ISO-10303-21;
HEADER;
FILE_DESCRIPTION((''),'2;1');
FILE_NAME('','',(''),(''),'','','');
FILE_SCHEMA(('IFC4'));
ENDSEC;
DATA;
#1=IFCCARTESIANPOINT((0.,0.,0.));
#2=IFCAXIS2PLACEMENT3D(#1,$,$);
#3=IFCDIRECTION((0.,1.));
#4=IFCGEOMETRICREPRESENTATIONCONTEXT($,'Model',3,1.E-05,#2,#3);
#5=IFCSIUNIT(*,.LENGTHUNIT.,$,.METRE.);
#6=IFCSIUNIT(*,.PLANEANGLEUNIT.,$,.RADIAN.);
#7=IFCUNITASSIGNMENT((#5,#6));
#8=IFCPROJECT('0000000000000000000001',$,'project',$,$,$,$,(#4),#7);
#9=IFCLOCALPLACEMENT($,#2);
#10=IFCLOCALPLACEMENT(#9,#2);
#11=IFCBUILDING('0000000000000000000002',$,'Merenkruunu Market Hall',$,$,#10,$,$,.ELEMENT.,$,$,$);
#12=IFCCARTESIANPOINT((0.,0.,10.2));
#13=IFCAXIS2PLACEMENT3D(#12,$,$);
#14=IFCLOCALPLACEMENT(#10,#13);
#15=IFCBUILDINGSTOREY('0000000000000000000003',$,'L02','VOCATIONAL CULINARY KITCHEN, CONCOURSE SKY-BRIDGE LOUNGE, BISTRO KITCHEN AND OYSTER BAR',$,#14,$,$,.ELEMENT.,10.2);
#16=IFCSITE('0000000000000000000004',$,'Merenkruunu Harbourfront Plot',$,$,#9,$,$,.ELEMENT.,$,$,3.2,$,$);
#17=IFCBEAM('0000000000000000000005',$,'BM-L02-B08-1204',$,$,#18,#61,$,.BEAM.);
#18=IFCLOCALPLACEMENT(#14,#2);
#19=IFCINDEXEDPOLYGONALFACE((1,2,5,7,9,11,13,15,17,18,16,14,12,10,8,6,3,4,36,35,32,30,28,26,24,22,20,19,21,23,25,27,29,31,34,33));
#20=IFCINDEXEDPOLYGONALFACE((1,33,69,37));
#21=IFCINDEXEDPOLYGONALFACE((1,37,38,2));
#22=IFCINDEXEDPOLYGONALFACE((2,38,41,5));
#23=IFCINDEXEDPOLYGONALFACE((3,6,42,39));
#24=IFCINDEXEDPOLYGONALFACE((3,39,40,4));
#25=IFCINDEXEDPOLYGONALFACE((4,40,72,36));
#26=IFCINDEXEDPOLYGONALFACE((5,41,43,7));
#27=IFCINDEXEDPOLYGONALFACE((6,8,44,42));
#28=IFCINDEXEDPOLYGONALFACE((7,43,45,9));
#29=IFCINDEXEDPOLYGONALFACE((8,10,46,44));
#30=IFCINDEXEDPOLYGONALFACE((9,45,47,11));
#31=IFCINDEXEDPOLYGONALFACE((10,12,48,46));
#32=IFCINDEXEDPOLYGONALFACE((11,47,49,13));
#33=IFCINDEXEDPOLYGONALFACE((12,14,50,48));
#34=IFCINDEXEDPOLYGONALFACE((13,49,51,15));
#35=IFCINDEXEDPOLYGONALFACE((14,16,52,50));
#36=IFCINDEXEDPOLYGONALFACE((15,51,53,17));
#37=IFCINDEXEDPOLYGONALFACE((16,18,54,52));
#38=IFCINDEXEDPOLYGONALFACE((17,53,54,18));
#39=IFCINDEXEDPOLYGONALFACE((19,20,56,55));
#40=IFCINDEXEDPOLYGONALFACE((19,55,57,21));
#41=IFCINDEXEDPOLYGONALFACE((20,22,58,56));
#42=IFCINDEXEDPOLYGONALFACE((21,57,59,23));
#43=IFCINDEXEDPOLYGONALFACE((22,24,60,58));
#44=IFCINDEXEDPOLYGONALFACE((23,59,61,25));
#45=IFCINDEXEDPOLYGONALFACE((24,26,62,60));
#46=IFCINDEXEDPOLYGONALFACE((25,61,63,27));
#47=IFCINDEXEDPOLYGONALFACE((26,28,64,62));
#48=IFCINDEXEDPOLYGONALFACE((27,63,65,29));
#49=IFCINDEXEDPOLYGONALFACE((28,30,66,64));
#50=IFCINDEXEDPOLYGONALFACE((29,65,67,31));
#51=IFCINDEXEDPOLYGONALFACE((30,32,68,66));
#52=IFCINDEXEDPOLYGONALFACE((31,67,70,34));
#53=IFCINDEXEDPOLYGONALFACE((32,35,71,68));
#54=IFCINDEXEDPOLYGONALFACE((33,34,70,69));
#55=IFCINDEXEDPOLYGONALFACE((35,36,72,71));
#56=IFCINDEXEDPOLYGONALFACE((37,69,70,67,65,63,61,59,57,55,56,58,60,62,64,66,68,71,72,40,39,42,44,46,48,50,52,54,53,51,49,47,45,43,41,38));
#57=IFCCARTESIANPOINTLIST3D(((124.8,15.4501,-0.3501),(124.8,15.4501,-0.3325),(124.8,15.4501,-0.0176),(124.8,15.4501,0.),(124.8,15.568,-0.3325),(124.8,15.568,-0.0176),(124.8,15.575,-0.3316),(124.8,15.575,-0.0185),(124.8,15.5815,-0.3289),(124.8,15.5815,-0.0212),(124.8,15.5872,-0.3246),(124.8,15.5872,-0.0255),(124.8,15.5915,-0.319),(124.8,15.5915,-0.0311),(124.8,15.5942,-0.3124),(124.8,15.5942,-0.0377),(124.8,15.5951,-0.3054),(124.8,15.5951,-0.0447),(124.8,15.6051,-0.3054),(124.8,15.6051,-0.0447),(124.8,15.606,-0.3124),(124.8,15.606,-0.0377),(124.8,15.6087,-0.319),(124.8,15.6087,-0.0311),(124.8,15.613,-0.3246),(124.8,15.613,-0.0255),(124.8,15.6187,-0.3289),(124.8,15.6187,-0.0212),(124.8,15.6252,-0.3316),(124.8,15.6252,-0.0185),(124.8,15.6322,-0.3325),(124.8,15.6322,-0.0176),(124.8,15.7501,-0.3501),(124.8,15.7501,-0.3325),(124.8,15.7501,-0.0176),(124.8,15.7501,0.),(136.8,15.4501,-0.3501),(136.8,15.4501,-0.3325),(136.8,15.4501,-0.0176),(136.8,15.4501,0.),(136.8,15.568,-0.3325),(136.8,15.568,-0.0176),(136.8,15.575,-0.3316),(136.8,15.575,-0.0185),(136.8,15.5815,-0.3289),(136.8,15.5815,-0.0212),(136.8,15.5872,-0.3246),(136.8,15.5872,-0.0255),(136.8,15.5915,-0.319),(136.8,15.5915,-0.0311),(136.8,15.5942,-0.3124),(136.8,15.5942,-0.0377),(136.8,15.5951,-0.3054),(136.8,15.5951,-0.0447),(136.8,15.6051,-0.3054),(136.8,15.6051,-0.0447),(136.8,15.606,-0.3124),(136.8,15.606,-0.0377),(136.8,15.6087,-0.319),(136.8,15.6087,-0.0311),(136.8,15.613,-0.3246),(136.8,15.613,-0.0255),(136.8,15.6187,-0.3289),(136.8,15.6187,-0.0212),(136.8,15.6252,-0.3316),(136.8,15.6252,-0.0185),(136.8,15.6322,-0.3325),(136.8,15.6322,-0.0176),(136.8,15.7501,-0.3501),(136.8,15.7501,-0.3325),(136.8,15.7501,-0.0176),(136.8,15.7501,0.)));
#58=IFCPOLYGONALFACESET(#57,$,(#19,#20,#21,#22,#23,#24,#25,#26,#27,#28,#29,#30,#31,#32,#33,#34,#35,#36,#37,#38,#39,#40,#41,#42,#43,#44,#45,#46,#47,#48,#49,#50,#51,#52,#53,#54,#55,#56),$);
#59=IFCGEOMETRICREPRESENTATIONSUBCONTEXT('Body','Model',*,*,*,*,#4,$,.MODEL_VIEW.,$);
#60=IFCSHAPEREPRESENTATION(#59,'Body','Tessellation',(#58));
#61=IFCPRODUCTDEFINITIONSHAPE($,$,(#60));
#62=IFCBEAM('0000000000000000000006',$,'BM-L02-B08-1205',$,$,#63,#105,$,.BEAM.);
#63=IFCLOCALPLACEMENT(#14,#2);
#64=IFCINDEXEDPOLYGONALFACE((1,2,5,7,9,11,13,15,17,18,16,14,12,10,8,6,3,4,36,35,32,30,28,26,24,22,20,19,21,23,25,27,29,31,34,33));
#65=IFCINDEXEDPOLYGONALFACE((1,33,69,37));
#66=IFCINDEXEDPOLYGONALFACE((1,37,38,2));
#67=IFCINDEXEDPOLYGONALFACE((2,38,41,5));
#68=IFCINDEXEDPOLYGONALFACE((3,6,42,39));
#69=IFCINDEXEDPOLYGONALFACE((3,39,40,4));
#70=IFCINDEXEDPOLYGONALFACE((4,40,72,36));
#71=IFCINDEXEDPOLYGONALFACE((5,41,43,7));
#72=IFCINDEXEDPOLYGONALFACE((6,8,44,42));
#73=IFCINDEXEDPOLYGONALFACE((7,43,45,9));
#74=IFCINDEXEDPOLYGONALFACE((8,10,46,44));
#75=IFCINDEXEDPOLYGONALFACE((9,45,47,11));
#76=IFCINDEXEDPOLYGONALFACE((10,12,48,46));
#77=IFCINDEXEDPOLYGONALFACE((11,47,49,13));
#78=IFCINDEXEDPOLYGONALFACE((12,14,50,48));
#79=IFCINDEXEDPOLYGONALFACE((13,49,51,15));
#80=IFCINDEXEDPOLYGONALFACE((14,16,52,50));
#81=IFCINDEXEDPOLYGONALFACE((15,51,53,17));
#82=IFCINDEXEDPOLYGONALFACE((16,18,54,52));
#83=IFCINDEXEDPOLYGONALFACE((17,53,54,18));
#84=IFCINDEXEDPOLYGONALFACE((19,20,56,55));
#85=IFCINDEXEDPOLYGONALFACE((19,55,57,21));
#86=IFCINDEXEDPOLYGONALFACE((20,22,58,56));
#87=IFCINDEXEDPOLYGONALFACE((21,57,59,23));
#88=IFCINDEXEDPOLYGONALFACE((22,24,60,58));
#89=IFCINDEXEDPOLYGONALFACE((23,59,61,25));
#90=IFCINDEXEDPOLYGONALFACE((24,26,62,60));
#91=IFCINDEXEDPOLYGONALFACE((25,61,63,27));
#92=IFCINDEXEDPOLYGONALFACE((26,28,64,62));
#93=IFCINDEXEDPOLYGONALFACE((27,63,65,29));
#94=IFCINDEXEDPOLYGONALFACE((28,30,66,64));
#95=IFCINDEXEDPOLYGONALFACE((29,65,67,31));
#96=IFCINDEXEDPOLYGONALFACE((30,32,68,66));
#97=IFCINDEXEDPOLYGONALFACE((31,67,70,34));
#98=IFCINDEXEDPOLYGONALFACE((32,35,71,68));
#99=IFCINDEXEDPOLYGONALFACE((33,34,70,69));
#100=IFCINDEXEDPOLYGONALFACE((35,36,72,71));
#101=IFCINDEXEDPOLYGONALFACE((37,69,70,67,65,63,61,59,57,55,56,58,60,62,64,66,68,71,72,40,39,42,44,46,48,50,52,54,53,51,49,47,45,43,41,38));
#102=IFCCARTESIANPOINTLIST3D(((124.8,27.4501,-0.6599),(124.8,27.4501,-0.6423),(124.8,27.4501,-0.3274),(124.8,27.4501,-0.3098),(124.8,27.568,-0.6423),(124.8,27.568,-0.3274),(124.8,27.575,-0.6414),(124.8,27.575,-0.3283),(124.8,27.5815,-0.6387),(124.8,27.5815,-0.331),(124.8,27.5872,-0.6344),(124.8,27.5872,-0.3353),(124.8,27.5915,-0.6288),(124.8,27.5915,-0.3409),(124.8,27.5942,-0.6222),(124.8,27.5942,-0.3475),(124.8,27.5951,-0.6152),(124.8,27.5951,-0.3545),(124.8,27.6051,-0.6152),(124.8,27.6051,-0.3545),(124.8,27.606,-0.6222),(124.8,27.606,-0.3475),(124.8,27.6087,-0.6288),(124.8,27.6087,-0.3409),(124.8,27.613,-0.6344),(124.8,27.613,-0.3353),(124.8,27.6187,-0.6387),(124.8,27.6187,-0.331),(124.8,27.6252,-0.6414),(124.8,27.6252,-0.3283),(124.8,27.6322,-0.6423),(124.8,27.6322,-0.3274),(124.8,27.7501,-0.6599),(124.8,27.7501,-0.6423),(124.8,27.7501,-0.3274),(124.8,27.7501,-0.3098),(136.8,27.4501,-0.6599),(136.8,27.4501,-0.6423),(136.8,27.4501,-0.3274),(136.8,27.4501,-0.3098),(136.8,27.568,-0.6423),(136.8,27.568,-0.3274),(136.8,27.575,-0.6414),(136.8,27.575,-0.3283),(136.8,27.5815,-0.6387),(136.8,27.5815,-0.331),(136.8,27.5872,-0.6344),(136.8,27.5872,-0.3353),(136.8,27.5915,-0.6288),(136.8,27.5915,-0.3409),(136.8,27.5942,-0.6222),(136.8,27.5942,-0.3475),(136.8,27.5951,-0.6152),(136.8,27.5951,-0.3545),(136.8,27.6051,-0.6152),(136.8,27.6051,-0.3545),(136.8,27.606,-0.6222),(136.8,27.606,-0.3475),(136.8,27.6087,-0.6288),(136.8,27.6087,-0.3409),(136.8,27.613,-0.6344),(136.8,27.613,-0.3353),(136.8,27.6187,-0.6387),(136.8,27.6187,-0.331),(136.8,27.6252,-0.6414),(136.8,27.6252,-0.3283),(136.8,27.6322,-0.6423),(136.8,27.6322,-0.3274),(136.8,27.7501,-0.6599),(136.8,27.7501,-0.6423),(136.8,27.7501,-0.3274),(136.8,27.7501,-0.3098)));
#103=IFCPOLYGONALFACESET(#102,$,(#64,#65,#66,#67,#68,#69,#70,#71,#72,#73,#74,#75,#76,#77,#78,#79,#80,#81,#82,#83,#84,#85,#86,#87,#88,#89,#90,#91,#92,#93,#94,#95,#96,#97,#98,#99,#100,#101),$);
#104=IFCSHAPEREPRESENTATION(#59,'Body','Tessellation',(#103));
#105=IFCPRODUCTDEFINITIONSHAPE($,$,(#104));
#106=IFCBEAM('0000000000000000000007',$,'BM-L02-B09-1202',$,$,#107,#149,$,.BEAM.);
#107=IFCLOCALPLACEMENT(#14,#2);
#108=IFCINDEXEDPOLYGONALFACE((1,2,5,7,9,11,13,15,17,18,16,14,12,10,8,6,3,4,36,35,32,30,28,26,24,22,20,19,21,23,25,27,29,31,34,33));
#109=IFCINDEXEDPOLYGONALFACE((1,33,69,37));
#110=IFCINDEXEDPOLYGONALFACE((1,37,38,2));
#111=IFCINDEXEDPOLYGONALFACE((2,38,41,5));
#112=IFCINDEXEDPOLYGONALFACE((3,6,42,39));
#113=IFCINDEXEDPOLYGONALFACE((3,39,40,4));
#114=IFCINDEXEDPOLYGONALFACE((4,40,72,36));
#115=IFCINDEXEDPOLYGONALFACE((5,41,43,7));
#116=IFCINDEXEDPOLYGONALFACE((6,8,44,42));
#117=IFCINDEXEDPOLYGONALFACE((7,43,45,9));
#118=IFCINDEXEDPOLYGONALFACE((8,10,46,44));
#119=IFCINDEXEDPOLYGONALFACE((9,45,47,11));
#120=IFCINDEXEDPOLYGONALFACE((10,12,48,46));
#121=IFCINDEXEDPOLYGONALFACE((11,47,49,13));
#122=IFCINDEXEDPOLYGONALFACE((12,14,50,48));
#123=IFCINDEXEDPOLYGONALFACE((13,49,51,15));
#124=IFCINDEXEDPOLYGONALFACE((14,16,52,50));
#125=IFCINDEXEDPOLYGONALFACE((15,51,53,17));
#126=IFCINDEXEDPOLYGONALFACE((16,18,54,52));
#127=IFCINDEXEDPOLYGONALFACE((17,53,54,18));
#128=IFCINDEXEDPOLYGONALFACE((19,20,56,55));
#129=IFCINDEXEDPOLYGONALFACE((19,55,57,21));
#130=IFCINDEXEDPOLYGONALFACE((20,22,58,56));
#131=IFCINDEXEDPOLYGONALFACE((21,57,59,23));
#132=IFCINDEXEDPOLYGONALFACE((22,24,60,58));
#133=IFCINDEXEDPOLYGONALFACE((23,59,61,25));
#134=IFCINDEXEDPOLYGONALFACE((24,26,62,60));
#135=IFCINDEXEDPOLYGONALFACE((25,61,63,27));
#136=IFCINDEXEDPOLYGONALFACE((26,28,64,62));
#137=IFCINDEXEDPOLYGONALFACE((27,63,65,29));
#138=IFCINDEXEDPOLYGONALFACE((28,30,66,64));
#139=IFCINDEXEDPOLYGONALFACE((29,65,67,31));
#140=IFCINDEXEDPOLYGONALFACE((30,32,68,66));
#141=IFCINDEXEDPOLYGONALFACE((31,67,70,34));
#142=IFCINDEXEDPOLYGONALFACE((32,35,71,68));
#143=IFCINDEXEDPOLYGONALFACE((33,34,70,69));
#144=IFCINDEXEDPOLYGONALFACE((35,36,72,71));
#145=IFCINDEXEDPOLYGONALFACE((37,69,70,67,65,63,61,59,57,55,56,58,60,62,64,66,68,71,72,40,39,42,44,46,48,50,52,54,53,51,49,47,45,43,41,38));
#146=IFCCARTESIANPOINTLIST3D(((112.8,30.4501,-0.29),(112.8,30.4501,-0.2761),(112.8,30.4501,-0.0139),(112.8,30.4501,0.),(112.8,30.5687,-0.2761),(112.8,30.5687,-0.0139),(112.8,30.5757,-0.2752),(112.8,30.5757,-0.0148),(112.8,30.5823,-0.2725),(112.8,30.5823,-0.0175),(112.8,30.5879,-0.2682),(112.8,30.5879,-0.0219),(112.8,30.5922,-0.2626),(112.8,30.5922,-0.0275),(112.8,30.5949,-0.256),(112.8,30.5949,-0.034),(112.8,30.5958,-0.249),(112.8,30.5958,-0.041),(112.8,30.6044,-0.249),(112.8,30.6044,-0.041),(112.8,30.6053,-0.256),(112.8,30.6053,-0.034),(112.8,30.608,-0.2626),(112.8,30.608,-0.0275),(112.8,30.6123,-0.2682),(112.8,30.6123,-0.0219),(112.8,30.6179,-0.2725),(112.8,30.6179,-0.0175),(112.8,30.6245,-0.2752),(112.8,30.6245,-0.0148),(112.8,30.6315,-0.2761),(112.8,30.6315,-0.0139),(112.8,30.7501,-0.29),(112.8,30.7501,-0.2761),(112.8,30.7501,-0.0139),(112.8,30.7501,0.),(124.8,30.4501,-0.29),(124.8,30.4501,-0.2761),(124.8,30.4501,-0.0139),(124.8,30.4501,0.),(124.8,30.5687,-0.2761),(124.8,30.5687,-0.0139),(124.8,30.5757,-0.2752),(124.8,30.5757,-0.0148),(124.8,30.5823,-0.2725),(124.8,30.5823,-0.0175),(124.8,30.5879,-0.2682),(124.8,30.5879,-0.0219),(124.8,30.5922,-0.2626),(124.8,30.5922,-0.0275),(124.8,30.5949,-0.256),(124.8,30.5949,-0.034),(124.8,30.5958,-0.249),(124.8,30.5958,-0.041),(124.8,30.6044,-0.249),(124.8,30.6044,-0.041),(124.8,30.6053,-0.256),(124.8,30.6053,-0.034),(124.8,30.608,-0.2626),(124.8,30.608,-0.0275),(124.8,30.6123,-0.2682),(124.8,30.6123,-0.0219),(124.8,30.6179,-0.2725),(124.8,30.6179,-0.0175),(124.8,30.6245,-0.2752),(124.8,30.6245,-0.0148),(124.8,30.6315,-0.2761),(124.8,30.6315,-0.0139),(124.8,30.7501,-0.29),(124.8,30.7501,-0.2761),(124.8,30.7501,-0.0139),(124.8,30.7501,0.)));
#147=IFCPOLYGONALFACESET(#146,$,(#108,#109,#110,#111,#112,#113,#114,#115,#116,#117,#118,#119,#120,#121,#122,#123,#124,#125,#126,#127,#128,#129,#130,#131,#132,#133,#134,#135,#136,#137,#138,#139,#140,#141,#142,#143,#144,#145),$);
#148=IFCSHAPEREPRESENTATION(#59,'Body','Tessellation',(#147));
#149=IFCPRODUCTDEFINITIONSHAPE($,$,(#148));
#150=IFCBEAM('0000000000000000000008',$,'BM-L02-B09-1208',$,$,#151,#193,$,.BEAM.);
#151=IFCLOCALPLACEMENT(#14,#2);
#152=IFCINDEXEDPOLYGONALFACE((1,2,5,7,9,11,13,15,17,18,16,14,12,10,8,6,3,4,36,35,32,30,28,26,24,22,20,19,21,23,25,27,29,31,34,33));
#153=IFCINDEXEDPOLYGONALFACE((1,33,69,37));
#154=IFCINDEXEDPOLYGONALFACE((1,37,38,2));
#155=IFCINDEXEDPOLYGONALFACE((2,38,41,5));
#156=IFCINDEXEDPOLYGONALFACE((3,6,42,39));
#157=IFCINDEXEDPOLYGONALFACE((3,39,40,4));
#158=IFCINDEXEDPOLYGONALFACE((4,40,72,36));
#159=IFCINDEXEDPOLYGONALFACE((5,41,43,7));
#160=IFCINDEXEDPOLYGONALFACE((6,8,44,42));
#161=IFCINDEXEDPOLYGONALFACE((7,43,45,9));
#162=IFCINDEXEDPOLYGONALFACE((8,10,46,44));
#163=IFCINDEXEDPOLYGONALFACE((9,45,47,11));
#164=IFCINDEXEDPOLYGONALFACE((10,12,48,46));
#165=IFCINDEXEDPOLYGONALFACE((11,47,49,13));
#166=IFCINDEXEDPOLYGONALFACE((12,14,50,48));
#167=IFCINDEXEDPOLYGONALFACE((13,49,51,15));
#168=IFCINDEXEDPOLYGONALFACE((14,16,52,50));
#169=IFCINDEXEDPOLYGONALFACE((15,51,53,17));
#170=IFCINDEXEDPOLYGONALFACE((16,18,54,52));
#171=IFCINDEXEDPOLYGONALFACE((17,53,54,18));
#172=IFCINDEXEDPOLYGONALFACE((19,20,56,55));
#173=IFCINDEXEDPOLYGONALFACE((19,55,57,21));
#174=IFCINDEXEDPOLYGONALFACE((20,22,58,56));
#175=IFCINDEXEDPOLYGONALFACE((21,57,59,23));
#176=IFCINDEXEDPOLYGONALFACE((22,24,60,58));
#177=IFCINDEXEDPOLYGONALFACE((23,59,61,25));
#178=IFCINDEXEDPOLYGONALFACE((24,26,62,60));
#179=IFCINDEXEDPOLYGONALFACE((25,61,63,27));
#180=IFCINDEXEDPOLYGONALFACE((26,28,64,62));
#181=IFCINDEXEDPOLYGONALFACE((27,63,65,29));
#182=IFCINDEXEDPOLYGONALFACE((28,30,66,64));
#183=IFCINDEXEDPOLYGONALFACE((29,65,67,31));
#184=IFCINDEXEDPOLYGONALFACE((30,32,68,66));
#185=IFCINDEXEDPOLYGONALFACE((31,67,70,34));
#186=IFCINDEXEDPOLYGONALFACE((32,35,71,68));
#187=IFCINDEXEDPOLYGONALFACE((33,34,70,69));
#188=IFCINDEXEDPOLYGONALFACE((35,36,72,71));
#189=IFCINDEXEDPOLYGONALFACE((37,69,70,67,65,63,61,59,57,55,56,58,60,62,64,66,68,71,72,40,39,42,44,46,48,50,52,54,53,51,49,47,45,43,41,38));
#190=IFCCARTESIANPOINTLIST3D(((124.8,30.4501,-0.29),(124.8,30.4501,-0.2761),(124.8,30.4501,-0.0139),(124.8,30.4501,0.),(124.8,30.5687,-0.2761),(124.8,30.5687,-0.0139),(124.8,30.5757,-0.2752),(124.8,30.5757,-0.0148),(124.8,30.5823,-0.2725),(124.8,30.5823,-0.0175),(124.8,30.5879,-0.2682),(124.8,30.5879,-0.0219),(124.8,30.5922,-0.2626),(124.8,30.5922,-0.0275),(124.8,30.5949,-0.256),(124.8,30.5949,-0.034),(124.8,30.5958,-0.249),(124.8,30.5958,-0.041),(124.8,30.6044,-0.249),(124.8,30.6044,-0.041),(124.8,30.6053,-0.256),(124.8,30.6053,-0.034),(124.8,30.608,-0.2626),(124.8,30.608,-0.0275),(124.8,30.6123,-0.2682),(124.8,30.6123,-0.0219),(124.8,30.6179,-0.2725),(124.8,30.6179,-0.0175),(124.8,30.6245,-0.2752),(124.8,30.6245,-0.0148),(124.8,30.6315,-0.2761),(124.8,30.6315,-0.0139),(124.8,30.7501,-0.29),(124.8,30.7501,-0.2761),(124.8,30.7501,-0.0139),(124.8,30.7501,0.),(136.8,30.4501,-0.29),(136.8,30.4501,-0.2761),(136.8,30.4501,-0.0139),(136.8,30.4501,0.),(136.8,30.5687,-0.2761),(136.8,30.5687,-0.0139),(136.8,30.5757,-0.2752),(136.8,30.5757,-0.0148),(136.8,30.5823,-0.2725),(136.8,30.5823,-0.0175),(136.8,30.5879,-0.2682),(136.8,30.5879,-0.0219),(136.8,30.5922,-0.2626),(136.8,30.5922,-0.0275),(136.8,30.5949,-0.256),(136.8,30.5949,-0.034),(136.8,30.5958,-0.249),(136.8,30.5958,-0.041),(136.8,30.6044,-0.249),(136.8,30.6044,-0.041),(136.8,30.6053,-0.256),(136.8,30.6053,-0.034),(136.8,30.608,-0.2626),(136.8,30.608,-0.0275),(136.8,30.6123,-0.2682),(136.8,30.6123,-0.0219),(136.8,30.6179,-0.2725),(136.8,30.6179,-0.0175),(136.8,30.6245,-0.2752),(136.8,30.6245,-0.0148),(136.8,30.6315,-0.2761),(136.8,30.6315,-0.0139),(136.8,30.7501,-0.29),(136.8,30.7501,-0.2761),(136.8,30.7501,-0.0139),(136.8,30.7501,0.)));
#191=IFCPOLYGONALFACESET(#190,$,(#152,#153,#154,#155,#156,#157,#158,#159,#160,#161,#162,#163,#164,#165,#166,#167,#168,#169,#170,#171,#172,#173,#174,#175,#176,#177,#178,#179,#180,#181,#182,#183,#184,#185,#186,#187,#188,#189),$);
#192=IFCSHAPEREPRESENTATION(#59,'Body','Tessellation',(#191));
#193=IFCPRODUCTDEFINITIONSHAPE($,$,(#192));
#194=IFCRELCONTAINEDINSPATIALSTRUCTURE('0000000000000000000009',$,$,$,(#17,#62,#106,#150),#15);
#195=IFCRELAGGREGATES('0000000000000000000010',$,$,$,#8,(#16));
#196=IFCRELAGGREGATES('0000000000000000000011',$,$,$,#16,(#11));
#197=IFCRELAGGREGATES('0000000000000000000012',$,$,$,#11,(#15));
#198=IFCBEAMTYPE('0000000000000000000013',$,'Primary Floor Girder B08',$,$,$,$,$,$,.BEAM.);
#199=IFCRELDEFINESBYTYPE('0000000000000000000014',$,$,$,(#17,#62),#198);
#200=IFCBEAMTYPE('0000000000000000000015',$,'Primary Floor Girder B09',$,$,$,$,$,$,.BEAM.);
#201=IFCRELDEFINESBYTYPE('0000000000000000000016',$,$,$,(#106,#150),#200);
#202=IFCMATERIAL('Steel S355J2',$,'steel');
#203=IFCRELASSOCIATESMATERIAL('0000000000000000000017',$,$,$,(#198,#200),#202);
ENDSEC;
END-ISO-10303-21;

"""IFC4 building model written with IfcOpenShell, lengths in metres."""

from ifc_helpers import new_model, si_unit, direction, frame, origin, origin_2d, place, context, subcontext, project, spatial, i_section, extrude, material, material_profile, profile_set, type_object, element, save


model = new_model("IFC4")

# Units and contexts
model_context = context("Model", 3, precision=1e-05, world=origin(), true_north=direction((0.0, 1.0)))
body_context = subcontext(model_context, "Body", "Model", "MODEL_VIEW")
ifc_project = project(units=[si_unit("LENGTHUNIT", "METRE"), si_unit("PLANEANGLEUNIT", "RADIAN")], contexts=[model_context])

# Site, building, storey
site_placement = place(None, origin())
site = spatial("IfcSite", under=ifc_project, at=site_placement, Name="Merenkruunu Harbourfront Plot", CompositionType="ELEMENT", RefElevation=3.2)
building_placement = place(site_placement, origin())
building = spatial("IfcBuilding", under=site, at=building_placement, Name="Merenkruunu Market Hall", CompositionType="ELEMENT")
storey_placement = place(building_placement, frame((0.0, 0.0, 10.2)))
storey = spatial("IfcBuildingStorey", under=building, at=storey_placement, Name="L02", Description="VOCATIONAL CULINARY KITCHEN, CONCOURSE SKY-BRIDGE LOUNGE, BISTRO KITCHEN AND OYSTER BAR", CompositionType="ELEMENT", Elevation=10.2)

# Beams
ifc_material_1 = material(Name="Steel S355J2", Category="steel")
ifc_material_profile_1 = material_profile(ifc_material_1, i_section(OverallWidth=0.3, OverallDepth=0.3501, WebThickness=0.01, FlangeThickness=0.0176, FilletRadius=0.0271, at=origin_2d()), Name="HEA 360")
ifc_profile_set_1 = profile_set([ifc_material_profile_1], Name="Steel S355J2")
beam_type_1 = type_object("IfcBeamType", Name="Primary Floor Girder B08", PredefinedType="BEAM", material=ifc_profile_set_1)
for number, where, z_axis, x_axis, name in (
    (1, (124.8, 15.6001, -0.175), (1.0, 0.0, 0.0), (0.0, 1.0, 0.0), "BM-L02-B08-1204"),
    (2, (124.8, 27.6001, -0.4849), (1.0, 0.0, 0.0), (0.0, 1.0, 0.0), "BM-L02-B08-1205"),
):
    element("IfcBeam", number, at=place(storey_placement, frame(where, z_axis=z_axis, x_axis=x_axis)), inside=storey, type_object=beam_type_1, Name=name, PredefinedType="BEAM", context=body_context, shape_type="SweptSolid", body=[
        extrude(i_section(OverallWidth=0.3, OverallDepth=0.3501, WebThickness=0.01, FlangeThickness=0.0176, FilletRadius=0.0271, at=origin_2d()), origin(), (0.0, 0.0, 1.0), 12.0),
    ])
ifc_material_profile_2 = material_profile(ifc_material_1, i_section(OverallWidth=0.3, OverallDepth=0.29, WebThickness=0.0085, FlangeThickness=0.0139, FilletRadius=0.0271, at=origin_2d()), Name="HEA 300")
ifc_profile_set_2 = profile_set([ifc_material_profile_2], Name="Steel S355J2")
beam_type_2 = type_object("IfcBeamType", Name="Primary Floor Girder B09", PredefinedType="BEAM", material=ifc_profile_set_2)
for number, where, z_axis, x_axis, name in (
    (3, (112.8, 30.6001, -0.145), (1.0, 0.0, 0.0), (0.0, 1.0, 0.0), "BM-L02-B09-1202"),
    (4, (124.8, 30.6001, -0.145), (1.0, 0.0, 0.0), (0.0, 1.0, 0.0), "BM-L02-B09-1208"),
):
    element("IfcBeam", number, at=place(storey_placement, frame(where, z_axis=z_axis, x_axis=x_axis)), inside=storey, type_object=beam_type_2, Name=name, PredefinedType="BEAM", context=body_context, shape_type="SweptSolid", body=[
        extrude(i_section(OverallWidth=0.3, OverallDepth=0.29, WebThickness=0.0085, FlangeThickness=0.0139, FilletRadius=0.0271, at=origin_2d()), origin(), (0.0, 0.0, 1.0), 12.0),
    ])

save(model, "model.ifc")
